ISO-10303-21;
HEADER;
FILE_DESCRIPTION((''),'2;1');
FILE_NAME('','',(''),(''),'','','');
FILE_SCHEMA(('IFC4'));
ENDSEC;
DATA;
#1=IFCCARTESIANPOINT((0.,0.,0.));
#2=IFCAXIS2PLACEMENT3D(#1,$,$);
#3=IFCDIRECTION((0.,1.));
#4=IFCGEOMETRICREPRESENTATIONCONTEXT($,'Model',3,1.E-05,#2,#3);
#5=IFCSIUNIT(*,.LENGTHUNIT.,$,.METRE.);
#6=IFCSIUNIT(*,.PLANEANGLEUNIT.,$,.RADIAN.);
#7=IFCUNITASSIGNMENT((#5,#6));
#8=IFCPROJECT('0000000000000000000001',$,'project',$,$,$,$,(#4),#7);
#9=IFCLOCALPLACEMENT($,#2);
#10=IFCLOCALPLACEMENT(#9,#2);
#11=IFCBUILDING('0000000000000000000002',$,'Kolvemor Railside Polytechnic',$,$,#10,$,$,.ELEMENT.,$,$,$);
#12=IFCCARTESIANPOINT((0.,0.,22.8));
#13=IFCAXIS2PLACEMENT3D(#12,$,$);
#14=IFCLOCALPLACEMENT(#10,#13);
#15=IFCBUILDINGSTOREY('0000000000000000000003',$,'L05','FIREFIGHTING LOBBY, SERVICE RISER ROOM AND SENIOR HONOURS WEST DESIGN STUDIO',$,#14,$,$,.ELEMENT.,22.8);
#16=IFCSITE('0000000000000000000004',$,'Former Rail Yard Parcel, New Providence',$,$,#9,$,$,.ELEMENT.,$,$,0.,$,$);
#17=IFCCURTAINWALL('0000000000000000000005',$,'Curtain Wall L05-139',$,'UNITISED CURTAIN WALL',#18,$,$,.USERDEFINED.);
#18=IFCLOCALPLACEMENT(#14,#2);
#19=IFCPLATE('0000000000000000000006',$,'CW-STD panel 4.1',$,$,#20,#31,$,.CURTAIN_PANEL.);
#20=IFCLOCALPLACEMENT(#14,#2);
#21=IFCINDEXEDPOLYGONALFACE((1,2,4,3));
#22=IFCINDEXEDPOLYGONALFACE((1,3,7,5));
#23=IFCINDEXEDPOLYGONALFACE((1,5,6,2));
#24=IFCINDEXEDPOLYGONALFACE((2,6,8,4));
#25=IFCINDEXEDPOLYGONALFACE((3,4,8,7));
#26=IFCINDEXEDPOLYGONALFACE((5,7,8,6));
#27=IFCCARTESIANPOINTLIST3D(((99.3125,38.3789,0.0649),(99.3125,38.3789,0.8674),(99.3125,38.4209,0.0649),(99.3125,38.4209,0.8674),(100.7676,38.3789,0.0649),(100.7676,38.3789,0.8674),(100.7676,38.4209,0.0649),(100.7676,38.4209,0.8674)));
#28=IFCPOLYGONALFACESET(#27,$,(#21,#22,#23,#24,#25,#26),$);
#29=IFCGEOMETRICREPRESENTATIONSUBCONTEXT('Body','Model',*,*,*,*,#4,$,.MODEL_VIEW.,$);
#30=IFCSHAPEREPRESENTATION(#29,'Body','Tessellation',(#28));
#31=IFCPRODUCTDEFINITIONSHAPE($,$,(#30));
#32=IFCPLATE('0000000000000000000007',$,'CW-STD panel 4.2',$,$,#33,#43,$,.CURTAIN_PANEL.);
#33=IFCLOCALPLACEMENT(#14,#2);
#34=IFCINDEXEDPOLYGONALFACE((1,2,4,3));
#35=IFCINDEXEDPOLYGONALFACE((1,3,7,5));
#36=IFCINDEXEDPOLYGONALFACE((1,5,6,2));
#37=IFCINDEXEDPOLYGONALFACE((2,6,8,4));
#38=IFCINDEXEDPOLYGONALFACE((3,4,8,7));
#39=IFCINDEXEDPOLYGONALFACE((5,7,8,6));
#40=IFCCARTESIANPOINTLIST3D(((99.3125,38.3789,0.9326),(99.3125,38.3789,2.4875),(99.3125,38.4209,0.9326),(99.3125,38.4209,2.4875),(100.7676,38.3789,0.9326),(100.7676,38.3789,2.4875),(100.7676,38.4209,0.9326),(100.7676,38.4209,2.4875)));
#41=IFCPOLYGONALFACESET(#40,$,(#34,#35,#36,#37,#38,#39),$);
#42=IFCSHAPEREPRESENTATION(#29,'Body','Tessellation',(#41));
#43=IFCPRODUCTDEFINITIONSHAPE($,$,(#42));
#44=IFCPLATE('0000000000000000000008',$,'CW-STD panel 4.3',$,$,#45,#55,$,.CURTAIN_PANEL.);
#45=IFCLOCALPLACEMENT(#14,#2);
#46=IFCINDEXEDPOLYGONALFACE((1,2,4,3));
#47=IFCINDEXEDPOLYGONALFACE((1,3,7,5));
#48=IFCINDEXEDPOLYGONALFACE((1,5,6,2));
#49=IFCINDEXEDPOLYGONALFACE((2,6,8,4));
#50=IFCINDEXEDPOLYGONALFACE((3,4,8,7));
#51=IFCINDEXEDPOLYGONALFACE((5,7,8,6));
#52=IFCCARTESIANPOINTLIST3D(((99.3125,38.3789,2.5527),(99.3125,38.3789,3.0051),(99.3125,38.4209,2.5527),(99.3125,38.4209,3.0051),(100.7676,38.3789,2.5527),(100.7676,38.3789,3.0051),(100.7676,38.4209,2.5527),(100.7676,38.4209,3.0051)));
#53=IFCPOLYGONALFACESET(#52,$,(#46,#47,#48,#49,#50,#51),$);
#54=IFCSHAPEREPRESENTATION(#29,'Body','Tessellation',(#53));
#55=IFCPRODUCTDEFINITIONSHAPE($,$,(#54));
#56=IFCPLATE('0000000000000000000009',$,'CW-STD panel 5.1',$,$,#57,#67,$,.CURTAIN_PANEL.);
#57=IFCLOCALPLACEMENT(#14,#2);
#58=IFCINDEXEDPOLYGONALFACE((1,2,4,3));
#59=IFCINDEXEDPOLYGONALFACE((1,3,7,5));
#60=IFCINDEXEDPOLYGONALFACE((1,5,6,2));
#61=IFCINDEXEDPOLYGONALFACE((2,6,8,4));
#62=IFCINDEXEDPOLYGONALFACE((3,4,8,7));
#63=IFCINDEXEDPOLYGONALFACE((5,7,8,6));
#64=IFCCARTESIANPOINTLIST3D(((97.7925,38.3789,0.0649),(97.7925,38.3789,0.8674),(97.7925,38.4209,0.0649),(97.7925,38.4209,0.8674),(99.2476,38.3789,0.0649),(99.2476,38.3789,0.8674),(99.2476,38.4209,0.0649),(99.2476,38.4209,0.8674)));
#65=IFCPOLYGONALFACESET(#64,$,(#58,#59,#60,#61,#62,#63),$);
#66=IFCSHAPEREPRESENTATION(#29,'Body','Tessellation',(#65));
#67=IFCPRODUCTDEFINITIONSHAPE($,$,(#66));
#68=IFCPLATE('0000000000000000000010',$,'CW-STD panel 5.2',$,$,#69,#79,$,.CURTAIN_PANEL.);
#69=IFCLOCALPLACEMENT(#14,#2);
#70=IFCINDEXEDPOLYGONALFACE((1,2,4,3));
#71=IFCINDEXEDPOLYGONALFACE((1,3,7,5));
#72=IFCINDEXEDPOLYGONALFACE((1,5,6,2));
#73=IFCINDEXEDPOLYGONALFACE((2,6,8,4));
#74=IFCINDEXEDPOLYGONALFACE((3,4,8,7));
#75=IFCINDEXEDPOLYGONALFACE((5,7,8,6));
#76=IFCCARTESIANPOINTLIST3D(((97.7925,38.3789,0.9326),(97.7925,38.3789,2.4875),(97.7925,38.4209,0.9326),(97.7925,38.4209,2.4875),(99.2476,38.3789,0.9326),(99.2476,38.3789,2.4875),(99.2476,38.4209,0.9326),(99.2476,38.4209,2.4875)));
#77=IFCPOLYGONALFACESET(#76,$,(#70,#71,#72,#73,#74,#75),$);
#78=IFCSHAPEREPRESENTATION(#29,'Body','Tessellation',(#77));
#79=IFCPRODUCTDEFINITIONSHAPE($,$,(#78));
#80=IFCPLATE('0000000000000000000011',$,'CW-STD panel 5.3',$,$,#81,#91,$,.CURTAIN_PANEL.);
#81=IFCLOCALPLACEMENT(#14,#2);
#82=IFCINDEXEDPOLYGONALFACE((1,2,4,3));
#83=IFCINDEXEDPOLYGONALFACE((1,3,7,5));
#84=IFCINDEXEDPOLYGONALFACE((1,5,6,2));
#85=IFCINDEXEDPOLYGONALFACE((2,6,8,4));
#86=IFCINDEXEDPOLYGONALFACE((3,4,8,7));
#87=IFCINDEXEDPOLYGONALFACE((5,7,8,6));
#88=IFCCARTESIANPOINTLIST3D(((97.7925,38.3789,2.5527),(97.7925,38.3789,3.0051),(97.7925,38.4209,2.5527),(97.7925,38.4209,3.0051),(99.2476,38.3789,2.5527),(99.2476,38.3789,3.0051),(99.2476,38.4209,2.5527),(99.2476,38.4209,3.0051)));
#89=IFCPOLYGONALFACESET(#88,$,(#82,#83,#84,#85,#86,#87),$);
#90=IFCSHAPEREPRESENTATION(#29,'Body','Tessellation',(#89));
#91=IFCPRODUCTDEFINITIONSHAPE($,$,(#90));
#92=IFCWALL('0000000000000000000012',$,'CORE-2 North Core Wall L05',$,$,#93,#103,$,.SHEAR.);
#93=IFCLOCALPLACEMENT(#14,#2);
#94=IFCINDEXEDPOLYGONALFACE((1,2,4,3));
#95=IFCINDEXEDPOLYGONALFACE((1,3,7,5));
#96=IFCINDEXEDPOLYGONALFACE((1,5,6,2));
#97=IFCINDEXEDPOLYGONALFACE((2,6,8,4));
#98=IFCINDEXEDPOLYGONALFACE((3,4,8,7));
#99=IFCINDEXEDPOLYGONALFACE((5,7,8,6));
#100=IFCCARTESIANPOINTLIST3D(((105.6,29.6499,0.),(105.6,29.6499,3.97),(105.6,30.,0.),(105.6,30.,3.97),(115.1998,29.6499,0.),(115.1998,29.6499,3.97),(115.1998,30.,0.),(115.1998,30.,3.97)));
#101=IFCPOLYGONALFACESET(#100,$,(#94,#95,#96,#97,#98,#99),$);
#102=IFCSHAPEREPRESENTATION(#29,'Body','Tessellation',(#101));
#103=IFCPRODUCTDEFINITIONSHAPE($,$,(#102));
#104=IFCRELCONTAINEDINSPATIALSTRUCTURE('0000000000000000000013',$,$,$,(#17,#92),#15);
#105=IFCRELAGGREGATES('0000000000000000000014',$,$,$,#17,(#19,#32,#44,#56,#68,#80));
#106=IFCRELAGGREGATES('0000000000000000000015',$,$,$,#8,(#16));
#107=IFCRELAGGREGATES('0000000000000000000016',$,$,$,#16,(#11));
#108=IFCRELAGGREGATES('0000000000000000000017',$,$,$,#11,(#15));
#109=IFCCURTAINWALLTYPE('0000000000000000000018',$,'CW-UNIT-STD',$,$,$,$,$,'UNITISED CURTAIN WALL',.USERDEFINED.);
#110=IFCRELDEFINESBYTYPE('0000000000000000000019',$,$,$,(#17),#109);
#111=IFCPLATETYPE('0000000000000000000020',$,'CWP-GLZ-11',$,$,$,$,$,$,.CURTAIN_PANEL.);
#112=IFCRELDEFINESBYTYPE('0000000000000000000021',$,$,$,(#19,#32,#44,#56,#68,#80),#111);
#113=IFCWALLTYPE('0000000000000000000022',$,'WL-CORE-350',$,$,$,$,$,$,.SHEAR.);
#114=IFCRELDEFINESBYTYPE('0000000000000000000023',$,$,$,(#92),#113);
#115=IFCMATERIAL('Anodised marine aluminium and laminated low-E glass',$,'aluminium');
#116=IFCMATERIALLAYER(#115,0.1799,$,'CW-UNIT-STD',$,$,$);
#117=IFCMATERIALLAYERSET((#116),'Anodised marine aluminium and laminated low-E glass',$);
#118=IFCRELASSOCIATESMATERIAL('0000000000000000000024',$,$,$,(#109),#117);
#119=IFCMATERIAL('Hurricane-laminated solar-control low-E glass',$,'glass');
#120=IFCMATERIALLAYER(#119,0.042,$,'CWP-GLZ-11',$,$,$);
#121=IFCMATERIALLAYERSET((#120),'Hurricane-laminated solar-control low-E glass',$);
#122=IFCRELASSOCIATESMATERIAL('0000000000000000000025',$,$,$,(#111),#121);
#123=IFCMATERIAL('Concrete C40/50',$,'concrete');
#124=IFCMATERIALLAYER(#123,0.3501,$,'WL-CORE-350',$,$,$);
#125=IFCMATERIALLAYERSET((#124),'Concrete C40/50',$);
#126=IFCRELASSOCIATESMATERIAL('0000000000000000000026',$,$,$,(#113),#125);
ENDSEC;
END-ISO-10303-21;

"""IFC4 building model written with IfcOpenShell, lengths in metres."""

from ifc_helpers import new_model, si_unit, direction, frame, frame_2d, origin, origin_2d, place, context, subcontext, project, spatial, rectangle, extrude, material, layer, layer_set, type_object, element, aggregate, save


model = new_model("IFC4")

# Units and contexts
model_context = context("Model", 3, precision=1e-05, world=origin(), true_north=direction((0.0, 1.0)))
body_context = subcontext(model_context, "Body", "Model", "MODEL_VIEW")
ifc_project = project(units=[si_unit("LENGTHUNIT", "METRE"), si_unit("PLANEANGLEUNIT", "RADIAN")], contexts=[model_context])

# Site, building, storey
site_placement = place(None, origin())
site = spatial("IfcSite", under=ifc_project, at=site_placement, Name="Former Rail Yard Parcel, New Providence", CompositionType="ELEMENT", RefElevation=0.0)
building_placement = place(site_placement, origin())
building = spatial("IfcBuilding", under=site, at=building_placement, Name="Kolvemor Railside Polytechnic", CompositionType="ELEMENT")
storey_placement = place(building_placement, frame((0.0, 0.0, 22.8)))
storey = spatial("IfcBuildingStorey", under=building, at=storey_placement, Name="L05", Description="FIREFIGHTING LOBBY, SERVICE RISER ROOM AND SENIOR HONOURS WEST DESIGN STUDIO", CompositionType="ELEMENT", Elevation=22.8)

# Curtain wall, plates
ifc_material_1 = material(Name="Anodised marine aluminium and laminated low-E glass", Category="aluminium")
ifc_layer_1 = layer(ifc_material_1, 0.1799, Name="CW-UNIT-STD")
ifc_layer_set_1 = layer_set([ifc_layer_1], Name="Anodised marine aluminium and laminated low-E glass")
curtain_wall_type = type_object("IfcCurtainWallType", Name="CW-UNIT-STD", ElementType="UNITISED CURTAIN WALL", PredefinedType="USERDEFINED", material=ifc_layer_set_1)
curtain_wall_placement = place(storey_placement, origin())
curtain_wall = element("IfcCurtainWall", 1, at=curtain_wall_placement, inside=storey, type_object=curtain_wall_type, Name="Curtain Wall L05-139", ObjectType="UNITISED CURTAIN WALL", PredefinedType="USERDEFINED")
ifc_material_2 = material(Name="Hurricane-laminated solar-control low-E glass", Category="glass")
ifc_layer_2 = layer(ifc_material_2, 0.042, Name="CWP-GLZ-11")
ifc_layer_set_2 = layer_set([ifc_layer_2], Name="Hurricane-laminated solar-control low-E glass")
plate_type = type_object("IfcPlateType", Name="CWP-GLZ-11", PredefinedType="CURTAIN_PANEL", material=ifc_layer_set_2)
plate_1_placement = place(storey_placement, frame((100.04, 38.3999, 0.0649), z_axis=(0.0, 0.0, 1.0), x_axis=(-1.0, 0.0, 0.0)))
plate_1 = element("IfcPlate", 2, at=plate_1_placement, type_object=plate_type, Name="CW-STD panel 4.1", PredefinedType="CURTAIN_PANEL", context=body_context, shape_type="SweptSolid", body=[
    extrude(rectangle(XDim=1.4551, YDim=0.042, at=origin_2d()), origin(), (0.0, 0.0, 1.0), 0.8025),
])
plate_2_placement = place(storey_placement, frame((100.04, 38.3999, 0.9326), z_axis=(0.0, 0.0, 1.0), x_axis=(-1.0, 0.0, 0.0)))
plate_2 = element("IfcPlate", 3, at=plate_2_placement, type_object=plate_type, Name="CW-STD panel 4.2", PredefinedType="CURTAIN_PANEL", context=body_context, shape_type="SweptSolid", body=[
    extrude(rectangle(XDim=1.4551, YDim=0.042, at=origin_2d()), origin(), (0.0, 0.0, 1.0), 1.5549),
])
plate_3_placement = place(storey_placement, frame((100.04, 38.3999, 2.5527), z_axis=(0.0, 0.0, 1.0), x_axis=(-1.0, 0.0, 0.0)))
plate_3 = element("IfcPlate", 4, at=plate_3_placement, type_object=plate_type, Name="CW-STD panel 4.3", PredefinedType="CURTAIN_PANEL", context=body_context, shape_type="SweptSolid", body=[
    extrude(rectangle(XDim=1.4551, YDim=0.042, at=origin_2d()), origin(), (0.0, 0.0, 1.0), 0.4524),
])
plate_4_placement = place(storey_placement, frame((98.52, 38.3999, 0.0649), z_axis=(0.0, 0.0, 1.0), x_axis=(-1.0, 0.0, 0.0)))
plate_4 = element("IfcPlate", 5, at=plate_4_placement, type_object=plate_type, Name="CW-STD panel 5.1", PredefinedType="CURTAIN_PANEL", context=body_context, shape_type="SweptSolid", body=[
    extrude(rectangle(XDim=1.4551, YDim=0.042, at=origin_2d()), origin(), (0.0, 0.0, 1.0), 0.8025),
])
plate_5_placement = place(storey_placement, frame((98.52, 38.3999, 0.9326), z_axis=(0.0, 0.0, 1.0), x_axis=(-1.0, 0.0, 0.0)))
plate_5 = element("IfcPlate", 6, at=plate_5_placement, type_object=plate_type, Name="CW-STD panel 5.2", PredefinedType="CURTAIN_PANEL", context=body_context, shape_type="SweptSolid", body=[
    extrude(rectangle(XDim=1.4551, YDim=0.042, at=origin_2d()), origin(), (0.0, 0.0, 1.0), 1.5549),
])
plate_6_placement = place(storey_placement, frame((98.52, 38.3999, 2.5527), z_axis=(0.0, 0.0, 1.0), x_axis=(-1.0, 0.0, 0.0)))
plate_6 = element("IfcPlate", 7, at=plate_6_placement, type_object=plate_type, Name="CW-STD panel 5.3", PredefinedType="CURTAIN_PANEL", context=body_context, shape_type="SweptSolid", body=[
    extrude(rectangle(XDim=1.4551, YDim=0.042, at=origin_2d()), origin(), (0.0, 0.0, 1.0), 0.4524),
])
aggregate(curtain_wall, [plate_1, plate_2, plate_3, plate_4, plate_5, plate_6])

# Wall
ifc_material_3 = material(Name="Concrete C40/50", Category="concrete")
ifc_layer_3 = layer(ifc_material_3, 0.3501, Name="WL-CORE-350")
ifc_layer_set_3 = layer_set([ifc_layer_3], Name="Concrete C40/50")
wall_type = type_object("IfcWallType", Name="WL-CORE-350", PredefinedType="SHEAR", material=ifc_layer_set_3)
wall_placement = place(storey_placement, frame((105.6001, 29.825, 0.0), z_axis=(0.0, 0.0, 1.0), x_axis=(1.0, 0.0, 0.0)))
element("IfcWall", 8, at=wall_placement, inside=storey, type_object=wall_type, Name="CORE-2 North Core Wall L05", PredefinedType="SHEAR", context=body_context, shape_type="SweptSolid", body=[
    extrude(rectangle(XDim=9.5999, YDim=0.3501, at=frame_2d((4.7998, 0.0))), origin(), (0.0, 0.0, 1.0), 3.97),
])

save(model, "model.ifc")
